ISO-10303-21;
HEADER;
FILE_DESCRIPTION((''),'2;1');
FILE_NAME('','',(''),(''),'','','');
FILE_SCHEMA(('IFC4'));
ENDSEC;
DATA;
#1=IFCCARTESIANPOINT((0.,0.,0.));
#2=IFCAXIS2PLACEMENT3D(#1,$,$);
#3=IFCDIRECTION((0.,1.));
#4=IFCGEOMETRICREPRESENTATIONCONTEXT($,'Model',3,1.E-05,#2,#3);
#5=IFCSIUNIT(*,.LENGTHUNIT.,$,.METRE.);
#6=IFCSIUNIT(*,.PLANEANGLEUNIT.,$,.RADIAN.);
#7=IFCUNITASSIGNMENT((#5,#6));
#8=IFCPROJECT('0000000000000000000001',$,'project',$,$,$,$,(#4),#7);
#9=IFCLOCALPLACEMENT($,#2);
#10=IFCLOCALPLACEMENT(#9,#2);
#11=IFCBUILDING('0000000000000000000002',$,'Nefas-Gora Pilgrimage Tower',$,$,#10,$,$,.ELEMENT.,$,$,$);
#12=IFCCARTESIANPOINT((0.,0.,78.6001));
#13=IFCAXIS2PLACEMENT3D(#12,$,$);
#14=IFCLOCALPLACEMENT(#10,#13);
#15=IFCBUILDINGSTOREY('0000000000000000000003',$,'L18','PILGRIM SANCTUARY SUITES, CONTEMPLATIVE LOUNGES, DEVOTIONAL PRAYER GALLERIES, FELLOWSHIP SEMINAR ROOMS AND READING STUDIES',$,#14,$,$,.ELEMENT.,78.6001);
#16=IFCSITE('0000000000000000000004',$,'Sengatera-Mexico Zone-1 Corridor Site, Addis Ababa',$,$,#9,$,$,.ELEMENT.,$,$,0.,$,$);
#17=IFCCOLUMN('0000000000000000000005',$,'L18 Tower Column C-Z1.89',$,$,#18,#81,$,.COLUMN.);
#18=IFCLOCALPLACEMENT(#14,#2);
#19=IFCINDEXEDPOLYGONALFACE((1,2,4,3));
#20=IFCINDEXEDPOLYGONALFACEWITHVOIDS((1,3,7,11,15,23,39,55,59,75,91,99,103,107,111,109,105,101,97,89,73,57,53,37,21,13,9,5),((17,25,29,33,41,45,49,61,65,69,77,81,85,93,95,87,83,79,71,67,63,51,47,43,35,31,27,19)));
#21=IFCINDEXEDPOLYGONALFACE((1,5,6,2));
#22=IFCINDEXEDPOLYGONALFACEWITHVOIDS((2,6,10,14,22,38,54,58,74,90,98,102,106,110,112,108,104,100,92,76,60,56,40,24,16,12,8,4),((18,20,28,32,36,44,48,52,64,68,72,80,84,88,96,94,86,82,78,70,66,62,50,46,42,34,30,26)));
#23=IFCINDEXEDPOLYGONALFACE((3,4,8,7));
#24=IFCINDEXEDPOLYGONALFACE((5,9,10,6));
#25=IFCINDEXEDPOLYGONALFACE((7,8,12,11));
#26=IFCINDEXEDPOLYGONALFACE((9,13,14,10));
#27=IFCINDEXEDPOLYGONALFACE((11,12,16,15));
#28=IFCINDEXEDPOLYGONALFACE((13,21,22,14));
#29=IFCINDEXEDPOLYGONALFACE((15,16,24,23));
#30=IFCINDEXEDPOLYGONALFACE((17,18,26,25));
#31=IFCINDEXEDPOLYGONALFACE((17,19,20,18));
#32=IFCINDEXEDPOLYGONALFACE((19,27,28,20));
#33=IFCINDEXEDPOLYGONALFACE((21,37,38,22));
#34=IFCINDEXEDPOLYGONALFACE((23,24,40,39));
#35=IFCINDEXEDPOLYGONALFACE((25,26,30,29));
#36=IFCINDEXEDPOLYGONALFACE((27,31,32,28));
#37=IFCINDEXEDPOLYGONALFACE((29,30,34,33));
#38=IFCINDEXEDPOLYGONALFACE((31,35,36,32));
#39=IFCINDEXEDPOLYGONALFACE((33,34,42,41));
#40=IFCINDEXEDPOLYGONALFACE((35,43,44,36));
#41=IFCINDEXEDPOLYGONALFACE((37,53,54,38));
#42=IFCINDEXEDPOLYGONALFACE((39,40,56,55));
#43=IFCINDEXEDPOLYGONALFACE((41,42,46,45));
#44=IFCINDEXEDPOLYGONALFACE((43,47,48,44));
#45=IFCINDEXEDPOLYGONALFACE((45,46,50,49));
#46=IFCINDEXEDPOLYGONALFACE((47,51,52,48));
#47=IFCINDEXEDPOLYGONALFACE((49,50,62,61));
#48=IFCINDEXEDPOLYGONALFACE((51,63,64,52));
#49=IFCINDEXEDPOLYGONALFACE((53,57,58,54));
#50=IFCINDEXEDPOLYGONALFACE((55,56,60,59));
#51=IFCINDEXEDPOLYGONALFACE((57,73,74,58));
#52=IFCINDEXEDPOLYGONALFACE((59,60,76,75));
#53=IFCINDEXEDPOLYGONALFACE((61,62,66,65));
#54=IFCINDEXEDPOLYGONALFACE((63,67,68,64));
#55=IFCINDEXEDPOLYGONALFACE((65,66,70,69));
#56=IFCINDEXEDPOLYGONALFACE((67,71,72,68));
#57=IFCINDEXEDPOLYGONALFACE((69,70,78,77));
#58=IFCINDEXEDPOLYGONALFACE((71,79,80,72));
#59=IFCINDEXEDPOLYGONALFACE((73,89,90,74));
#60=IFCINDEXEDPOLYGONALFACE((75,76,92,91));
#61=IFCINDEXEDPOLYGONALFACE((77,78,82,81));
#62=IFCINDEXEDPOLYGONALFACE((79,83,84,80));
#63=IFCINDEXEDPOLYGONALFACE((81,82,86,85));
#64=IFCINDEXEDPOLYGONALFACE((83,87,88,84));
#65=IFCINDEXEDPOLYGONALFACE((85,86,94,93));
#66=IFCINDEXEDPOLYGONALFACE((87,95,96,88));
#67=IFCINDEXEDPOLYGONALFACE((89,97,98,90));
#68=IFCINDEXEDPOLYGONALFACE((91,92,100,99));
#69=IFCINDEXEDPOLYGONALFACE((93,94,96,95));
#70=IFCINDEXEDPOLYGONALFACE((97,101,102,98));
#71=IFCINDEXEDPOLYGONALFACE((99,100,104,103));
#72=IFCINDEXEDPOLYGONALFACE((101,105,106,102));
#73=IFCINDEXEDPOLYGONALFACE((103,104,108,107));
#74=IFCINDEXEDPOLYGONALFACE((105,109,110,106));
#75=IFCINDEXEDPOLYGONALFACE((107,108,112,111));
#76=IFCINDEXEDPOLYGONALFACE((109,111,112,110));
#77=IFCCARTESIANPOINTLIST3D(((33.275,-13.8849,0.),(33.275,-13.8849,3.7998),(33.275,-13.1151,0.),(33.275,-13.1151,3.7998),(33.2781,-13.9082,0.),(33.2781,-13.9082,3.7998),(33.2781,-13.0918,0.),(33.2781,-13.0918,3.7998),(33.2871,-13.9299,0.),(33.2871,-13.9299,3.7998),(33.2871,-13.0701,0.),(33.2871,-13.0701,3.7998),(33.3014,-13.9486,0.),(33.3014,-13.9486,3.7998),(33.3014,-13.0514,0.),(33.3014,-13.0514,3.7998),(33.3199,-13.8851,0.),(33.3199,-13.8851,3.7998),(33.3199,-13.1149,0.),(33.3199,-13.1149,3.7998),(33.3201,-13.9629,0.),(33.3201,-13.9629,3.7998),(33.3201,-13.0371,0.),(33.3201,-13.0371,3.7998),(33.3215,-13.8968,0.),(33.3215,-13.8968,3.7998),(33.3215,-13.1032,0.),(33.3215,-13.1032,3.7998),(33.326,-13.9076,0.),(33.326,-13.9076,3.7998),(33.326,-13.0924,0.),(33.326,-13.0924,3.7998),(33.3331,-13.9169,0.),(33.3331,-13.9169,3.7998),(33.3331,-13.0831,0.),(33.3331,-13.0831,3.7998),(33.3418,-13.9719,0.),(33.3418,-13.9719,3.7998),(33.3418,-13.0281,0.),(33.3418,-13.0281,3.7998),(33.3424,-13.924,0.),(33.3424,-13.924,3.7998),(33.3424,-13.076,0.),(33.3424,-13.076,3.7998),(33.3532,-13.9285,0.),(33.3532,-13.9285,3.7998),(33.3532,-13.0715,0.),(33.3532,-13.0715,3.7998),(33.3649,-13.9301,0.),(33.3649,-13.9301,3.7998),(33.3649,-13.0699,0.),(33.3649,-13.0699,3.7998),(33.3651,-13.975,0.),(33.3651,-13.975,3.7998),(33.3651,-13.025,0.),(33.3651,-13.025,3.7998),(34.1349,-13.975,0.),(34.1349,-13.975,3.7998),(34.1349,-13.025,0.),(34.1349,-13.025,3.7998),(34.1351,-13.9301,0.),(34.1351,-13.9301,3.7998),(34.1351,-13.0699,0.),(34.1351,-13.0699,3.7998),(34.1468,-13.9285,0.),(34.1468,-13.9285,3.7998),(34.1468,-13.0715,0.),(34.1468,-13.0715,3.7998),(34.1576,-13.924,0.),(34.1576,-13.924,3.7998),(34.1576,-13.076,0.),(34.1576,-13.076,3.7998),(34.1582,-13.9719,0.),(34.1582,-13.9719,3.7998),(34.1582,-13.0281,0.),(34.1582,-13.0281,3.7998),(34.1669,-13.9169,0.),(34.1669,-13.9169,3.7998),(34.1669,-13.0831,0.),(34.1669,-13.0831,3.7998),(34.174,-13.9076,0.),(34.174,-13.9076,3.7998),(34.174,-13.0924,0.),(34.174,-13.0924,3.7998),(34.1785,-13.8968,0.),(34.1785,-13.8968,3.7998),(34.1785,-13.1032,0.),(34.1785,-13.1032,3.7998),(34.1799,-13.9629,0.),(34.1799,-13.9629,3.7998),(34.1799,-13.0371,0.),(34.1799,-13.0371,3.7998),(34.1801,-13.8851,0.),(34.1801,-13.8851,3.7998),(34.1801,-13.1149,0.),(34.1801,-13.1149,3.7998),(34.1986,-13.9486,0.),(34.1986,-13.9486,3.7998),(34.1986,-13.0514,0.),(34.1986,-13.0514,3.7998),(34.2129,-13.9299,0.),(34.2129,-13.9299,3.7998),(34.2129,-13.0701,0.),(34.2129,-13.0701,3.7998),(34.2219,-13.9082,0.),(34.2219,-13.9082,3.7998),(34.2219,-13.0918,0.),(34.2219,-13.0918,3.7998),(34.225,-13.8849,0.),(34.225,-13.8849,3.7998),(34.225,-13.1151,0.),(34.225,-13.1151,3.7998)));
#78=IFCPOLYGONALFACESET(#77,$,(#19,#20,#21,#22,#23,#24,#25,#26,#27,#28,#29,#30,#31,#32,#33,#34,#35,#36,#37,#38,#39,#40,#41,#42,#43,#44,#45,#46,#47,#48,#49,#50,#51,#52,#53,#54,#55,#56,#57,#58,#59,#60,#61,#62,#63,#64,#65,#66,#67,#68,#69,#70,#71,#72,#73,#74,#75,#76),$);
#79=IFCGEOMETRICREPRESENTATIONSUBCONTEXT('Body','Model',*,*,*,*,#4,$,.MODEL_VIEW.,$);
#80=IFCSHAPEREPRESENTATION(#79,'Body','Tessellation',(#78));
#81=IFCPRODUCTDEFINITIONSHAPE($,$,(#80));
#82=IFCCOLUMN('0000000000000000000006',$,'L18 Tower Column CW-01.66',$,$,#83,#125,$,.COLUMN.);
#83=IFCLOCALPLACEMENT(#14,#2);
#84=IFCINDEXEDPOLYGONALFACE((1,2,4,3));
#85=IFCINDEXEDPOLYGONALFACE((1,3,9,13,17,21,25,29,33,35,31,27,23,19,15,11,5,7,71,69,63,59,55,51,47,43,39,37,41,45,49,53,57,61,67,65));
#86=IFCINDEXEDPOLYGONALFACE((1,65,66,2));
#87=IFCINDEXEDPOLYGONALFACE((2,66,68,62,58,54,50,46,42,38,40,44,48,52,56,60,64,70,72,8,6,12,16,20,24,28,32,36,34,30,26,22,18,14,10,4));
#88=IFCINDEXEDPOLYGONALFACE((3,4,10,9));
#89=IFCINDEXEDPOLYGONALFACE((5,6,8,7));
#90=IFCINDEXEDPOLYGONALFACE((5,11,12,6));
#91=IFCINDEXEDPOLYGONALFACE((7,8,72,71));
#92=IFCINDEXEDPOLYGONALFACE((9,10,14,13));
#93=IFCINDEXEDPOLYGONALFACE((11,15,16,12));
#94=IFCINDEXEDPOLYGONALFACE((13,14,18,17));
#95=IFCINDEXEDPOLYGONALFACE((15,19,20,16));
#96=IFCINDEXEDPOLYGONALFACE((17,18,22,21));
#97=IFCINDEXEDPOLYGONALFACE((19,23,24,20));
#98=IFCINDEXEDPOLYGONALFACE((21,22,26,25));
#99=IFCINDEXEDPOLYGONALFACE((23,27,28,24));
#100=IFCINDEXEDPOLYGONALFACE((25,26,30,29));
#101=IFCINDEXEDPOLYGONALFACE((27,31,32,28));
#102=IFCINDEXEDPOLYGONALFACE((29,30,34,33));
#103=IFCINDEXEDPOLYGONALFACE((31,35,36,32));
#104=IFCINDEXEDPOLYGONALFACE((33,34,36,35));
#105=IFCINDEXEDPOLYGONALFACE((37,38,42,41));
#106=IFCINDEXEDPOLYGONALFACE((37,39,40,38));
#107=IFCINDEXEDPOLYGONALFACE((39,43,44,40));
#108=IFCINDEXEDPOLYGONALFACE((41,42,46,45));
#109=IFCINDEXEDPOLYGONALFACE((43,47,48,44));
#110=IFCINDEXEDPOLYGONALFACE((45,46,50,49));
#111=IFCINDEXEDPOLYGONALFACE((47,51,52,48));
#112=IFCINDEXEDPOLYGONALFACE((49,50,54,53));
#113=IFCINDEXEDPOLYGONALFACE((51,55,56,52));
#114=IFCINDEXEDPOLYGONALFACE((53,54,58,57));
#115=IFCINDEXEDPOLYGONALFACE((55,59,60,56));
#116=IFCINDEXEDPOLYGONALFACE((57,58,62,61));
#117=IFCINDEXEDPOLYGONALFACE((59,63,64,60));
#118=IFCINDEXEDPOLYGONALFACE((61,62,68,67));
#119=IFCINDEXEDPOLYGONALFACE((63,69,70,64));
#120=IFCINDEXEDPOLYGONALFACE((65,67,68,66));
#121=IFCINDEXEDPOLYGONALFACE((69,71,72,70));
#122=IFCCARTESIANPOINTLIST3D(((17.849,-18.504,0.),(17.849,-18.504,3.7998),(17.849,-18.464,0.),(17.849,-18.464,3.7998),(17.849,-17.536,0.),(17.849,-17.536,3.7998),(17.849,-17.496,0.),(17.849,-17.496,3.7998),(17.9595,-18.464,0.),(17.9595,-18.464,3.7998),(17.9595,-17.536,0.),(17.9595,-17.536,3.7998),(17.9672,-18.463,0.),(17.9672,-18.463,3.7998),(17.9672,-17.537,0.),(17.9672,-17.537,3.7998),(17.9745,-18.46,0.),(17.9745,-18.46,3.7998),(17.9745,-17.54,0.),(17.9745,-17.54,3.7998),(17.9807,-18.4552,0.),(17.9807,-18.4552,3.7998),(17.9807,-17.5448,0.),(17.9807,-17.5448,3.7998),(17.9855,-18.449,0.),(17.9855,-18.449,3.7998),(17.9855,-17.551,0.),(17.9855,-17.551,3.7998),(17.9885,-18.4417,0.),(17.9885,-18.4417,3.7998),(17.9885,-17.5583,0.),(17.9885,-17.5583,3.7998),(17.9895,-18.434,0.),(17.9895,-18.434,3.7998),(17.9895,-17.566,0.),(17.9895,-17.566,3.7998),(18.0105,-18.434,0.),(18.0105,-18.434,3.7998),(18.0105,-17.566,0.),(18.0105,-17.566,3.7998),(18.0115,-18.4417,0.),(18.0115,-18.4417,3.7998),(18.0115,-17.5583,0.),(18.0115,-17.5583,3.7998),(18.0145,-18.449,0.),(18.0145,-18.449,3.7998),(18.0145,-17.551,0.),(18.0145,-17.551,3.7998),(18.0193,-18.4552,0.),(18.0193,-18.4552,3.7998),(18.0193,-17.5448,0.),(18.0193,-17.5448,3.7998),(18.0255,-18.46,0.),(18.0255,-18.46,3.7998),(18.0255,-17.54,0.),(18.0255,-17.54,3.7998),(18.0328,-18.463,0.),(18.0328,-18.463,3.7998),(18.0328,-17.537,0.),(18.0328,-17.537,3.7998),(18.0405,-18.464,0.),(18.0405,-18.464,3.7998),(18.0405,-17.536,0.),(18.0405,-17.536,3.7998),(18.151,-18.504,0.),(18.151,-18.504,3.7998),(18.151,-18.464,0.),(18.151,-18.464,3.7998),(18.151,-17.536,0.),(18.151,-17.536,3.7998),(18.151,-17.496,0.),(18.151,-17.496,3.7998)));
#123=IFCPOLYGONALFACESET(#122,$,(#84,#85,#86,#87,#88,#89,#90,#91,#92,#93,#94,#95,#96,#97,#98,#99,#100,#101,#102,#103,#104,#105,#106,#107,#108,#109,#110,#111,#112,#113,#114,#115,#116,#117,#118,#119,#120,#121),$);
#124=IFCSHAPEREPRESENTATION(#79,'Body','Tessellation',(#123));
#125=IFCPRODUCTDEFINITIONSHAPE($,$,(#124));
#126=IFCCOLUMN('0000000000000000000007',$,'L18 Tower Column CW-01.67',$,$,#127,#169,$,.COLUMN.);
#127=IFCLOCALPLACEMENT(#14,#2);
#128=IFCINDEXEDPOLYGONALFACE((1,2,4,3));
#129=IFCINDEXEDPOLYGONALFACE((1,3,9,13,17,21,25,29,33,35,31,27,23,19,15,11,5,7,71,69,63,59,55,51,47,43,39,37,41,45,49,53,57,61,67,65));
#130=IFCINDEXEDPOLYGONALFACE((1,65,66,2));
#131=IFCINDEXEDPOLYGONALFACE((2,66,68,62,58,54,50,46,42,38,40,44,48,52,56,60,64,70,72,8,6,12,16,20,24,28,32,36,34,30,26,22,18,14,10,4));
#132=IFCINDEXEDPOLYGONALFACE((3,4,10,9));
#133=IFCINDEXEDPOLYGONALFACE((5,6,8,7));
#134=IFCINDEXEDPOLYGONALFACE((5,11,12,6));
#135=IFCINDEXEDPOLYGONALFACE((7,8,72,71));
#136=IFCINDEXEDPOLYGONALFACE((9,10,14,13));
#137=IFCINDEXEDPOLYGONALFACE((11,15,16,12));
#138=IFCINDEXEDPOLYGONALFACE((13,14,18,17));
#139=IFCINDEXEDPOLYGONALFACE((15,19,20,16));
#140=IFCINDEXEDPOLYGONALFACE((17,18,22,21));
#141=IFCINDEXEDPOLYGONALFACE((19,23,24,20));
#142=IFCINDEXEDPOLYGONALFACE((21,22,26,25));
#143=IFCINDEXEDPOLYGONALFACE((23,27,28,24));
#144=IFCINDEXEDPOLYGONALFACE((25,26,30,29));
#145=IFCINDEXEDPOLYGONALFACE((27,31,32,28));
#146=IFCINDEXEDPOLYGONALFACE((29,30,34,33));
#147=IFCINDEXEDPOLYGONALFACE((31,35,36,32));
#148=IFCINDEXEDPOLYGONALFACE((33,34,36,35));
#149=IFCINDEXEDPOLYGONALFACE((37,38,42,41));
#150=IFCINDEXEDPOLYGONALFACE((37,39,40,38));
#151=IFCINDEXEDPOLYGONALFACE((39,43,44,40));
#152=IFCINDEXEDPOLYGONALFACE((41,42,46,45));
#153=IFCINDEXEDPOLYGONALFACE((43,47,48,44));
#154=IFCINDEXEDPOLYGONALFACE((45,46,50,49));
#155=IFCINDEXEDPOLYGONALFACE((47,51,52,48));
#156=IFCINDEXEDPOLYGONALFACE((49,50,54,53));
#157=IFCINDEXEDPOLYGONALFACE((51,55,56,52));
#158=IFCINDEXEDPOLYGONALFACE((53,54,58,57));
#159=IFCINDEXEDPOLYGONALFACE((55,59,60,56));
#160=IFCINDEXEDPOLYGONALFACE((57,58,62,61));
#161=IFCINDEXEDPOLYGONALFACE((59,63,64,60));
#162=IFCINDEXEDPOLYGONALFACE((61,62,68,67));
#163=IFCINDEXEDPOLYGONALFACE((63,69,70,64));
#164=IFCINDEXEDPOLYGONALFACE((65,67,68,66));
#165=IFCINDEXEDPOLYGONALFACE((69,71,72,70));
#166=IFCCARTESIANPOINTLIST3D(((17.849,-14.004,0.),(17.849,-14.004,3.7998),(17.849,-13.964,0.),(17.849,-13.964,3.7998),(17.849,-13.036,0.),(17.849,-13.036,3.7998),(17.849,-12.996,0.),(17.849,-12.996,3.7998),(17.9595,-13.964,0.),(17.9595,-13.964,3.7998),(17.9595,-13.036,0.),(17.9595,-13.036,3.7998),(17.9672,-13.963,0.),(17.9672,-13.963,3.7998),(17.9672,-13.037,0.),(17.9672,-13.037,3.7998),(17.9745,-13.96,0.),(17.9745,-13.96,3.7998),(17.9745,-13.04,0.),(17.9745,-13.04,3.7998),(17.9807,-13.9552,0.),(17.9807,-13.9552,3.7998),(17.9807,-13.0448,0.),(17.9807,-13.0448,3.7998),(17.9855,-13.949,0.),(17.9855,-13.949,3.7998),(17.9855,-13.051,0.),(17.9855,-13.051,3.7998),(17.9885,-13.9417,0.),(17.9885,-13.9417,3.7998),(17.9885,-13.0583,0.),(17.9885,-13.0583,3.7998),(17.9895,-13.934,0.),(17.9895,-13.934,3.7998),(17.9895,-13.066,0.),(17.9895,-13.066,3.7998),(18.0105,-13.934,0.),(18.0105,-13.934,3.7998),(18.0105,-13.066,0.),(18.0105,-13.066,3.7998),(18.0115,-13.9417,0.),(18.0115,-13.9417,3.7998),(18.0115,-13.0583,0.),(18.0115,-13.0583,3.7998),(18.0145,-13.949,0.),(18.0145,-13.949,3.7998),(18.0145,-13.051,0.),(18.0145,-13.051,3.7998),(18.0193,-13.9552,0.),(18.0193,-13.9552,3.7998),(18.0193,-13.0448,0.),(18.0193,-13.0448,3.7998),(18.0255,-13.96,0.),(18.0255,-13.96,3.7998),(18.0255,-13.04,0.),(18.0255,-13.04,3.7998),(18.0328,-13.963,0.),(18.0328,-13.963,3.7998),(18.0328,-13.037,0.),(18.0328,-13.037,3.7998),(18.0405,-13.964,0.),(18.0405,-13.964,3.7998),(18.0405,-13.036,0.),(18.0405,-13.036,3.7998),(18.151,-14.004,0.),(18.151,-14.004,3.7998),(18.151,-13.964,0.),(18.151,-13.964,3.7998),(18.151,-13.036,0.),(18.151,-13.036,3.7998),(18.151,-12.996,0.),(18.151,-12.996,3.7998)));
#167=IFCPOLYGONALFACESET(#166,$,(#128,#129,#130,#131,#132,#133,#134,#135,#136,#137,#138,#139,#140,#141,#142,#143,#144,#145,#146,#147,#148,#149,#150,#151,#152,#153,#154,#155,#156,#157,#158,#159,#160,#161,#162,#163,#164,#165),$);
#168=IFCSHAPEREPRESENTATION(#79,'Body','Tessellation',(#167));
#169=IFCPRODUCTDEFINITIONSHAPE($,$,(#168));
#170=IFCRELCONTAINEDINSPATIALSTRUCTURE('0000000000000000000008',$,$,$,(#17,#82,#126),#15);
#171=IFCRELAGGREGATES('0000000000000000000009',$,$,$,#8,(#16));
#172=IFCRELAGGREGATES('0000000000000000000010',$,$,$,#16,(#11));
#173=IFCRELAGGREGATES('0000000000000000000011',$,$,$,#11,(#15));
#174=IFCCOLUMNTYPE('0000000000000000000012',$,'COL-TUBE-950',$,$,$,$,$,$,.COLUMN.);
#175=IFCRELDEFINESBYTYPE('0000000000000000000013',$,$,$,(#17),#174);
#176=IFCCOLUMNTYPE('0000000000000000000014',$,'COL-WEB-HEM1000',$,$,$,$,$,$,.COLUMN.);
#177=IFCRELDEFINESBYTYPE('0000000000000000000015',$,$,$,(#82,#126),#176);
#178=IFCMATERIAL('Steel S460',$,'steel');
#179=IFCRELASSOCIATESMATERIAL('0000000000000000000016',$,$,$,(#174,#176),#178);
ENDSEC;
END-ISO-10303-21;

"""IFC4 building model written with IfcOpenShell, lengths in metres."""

from ifc_helpers import new_model, si_unit, direction, frame, origin, origin_2d, place, context, subcontext, project, spatial, hollow_rectangle, i_section, extrude, source, transform, mapped, material, material_profile, profile_set, type_object, element, save


model = new_model("IFC4")

# Units and contexts
model_context = context("Model", 3, precision=1e-05, world=origin(), true_north=direction((0.0, 1.0)))
body_context = subcontext(model_context, "Body", "Model", "MODEL_VIEW")
ifc_project = project(units=[si_unit("LENGTHUNIT", "METRE"), si_unit("PLANEANGLEUNIT", "RADIAN")], contexts=[model_context])

# Site, building, storey
site_placement = place(None, origin())
site = spatial("IfcSite", under=ifc_project, at=site_placement, Name="Sengatera-Mexico Zone-1 Corridor Site, Addis Ababa", CompositionType="ELEMENT", RefElevation=0.0)
building_placement = place(site_placement, origin())
building = spatial("IfcBuilding", under=site, at=building_placement, Name="Nefas-Gora Pilgrimage Tower", CompositionType="ELEMENT")
storey_placement = place(building_placement, frame((0.0, 0.0, 78.6001)))
storey = spatial("IfcBuildingStorey", under=building, at=storey_placement, Name="L18", Description="PILGRIM SANCTUARY SUITES, CONTEMPLATIVE LOUNGES, DEVOTIONAL PRAYER GALLERIES, FELLOWSHIP SEMINAR ROOMS AND READING STUDIES", CompositionType="ELEMENT", Elevation=78.6001)

# Columns
ifc_material_1 = material(Name="Steel S460", Category="steel")
ifc_material_profile_1 = material_profile(ifc_material_1, hollow_rectangle(XDim=0.95, YDim=0.95, WallThickness=0.0449, InnerFilletRadius=0.0449, OuterFilletRadius=0.0901, at=origin_2d()), Name="BOX 950x950x45")
ifc_profile_set_1 = profile_set([ifc_material_profile_1], Name="Steel S460")
column_type_1 = type_object("IfcColumnType", Name="COL-TUBE-950", PredefinedType="COLUMN", material=ifc_profile_set_1)
shared_shape_1 = source(origin(), body_context, "Body", "SweptSolid", [
    extrude(hollow_rectangle(XDim=0.95, YDim=0.95, WallThickness=0.0449, InnerFilletRadius=0.0449, OuterFilletRadius=0.0901, at=origin_2d()), origin(), (0.0, 0.0, 1.0), 3.7998),
])
for number, where, z_axis, x_axis, name in (
    (1, (33.75, -13.5, 0.0), (0.0, 0.0, 1.0), (1.0, 0.0, 0.0), "L18 Tower Column C-Z1.89"),
):
    element("IfcColumn", number, at=place(storey_placement, frame(where, z_axis=z_axis, x_axis=x_axis)), inside=storey, type_object=column_type_1, Name=name, PredefinedType="COLUMN", context=body_context, shape_type="MappedRepresentation", body=[
        mapped(shared_shape_1, transform((0.0, 0.0, 0.0), x_axis=(1.0, 0.0, 0.0), y_axis=(0.0, 1.0, 0.0), z_axis=(0.0, 0.0, 1.0), scale=1.0)),
    ])
ifc_material_profile_2 = material_profile(ifc_material_1, i_section(OverallWidth=0.302, OverallDepth=1.0081, WebThickness=0.021, FlangeThickness=0.04, FilletRadius=0.03, at=origin_2d()), Name="HEM 1000")
ifc_profile_set_2 = profile_set([ifc_material_profile_2], Name="Steel S460")
column_type_2 = type_object("IfcColumnType", Name="COL-WEB-HEM1000", PredefinedType="COLUMN", material=ifc_profile_set_2)
shared_shape_2 = source(origin(), body_context, "Body", "SweptSolid", [
    extrude(i_section(OverallWidth=0.302, OverallDepth=1.0081, WebThickness=0.021, FlangeThickness=0.04, FilletRadius=0.03, at=origin_2d()), origin(), (0.0, 0.0, 1.0), 3.7998),
])
for number, where, z_axis, x_axis, name in (
    (2, (18.0, -18.0, 0.0), (0.0, 0.0, 1.0), (1.0, 0.0, 0.0), "L18 Tower Column CW-01.66"),
    (3, (18.0, -13.5, 0.0), (0.0, 0.0, 1.0), (1.0, 0.0, 0.0), "L18 Tower Column CW-01.67"),
):
    element("IfcColumn", number, at=place(storey_placement, frame(where, z_axis=z_axis, x_axis=x_axis)), inside=storey, type_object=column_type_2, Name=name, PredefinedType="COLUMN", context=body_context, shape_type="MappedRepresentation", body=[
        mapped(shared_shape_2, transform((0.0, 0.0, 0.0), x_axis=(1.0, 0.0, 0.0), y_axis=(0.0, 1.0, 0.0), z_axis=(0.0, 0.0, 1.0), scale=1.0)),
    ])

save(model, "model.ifc")
